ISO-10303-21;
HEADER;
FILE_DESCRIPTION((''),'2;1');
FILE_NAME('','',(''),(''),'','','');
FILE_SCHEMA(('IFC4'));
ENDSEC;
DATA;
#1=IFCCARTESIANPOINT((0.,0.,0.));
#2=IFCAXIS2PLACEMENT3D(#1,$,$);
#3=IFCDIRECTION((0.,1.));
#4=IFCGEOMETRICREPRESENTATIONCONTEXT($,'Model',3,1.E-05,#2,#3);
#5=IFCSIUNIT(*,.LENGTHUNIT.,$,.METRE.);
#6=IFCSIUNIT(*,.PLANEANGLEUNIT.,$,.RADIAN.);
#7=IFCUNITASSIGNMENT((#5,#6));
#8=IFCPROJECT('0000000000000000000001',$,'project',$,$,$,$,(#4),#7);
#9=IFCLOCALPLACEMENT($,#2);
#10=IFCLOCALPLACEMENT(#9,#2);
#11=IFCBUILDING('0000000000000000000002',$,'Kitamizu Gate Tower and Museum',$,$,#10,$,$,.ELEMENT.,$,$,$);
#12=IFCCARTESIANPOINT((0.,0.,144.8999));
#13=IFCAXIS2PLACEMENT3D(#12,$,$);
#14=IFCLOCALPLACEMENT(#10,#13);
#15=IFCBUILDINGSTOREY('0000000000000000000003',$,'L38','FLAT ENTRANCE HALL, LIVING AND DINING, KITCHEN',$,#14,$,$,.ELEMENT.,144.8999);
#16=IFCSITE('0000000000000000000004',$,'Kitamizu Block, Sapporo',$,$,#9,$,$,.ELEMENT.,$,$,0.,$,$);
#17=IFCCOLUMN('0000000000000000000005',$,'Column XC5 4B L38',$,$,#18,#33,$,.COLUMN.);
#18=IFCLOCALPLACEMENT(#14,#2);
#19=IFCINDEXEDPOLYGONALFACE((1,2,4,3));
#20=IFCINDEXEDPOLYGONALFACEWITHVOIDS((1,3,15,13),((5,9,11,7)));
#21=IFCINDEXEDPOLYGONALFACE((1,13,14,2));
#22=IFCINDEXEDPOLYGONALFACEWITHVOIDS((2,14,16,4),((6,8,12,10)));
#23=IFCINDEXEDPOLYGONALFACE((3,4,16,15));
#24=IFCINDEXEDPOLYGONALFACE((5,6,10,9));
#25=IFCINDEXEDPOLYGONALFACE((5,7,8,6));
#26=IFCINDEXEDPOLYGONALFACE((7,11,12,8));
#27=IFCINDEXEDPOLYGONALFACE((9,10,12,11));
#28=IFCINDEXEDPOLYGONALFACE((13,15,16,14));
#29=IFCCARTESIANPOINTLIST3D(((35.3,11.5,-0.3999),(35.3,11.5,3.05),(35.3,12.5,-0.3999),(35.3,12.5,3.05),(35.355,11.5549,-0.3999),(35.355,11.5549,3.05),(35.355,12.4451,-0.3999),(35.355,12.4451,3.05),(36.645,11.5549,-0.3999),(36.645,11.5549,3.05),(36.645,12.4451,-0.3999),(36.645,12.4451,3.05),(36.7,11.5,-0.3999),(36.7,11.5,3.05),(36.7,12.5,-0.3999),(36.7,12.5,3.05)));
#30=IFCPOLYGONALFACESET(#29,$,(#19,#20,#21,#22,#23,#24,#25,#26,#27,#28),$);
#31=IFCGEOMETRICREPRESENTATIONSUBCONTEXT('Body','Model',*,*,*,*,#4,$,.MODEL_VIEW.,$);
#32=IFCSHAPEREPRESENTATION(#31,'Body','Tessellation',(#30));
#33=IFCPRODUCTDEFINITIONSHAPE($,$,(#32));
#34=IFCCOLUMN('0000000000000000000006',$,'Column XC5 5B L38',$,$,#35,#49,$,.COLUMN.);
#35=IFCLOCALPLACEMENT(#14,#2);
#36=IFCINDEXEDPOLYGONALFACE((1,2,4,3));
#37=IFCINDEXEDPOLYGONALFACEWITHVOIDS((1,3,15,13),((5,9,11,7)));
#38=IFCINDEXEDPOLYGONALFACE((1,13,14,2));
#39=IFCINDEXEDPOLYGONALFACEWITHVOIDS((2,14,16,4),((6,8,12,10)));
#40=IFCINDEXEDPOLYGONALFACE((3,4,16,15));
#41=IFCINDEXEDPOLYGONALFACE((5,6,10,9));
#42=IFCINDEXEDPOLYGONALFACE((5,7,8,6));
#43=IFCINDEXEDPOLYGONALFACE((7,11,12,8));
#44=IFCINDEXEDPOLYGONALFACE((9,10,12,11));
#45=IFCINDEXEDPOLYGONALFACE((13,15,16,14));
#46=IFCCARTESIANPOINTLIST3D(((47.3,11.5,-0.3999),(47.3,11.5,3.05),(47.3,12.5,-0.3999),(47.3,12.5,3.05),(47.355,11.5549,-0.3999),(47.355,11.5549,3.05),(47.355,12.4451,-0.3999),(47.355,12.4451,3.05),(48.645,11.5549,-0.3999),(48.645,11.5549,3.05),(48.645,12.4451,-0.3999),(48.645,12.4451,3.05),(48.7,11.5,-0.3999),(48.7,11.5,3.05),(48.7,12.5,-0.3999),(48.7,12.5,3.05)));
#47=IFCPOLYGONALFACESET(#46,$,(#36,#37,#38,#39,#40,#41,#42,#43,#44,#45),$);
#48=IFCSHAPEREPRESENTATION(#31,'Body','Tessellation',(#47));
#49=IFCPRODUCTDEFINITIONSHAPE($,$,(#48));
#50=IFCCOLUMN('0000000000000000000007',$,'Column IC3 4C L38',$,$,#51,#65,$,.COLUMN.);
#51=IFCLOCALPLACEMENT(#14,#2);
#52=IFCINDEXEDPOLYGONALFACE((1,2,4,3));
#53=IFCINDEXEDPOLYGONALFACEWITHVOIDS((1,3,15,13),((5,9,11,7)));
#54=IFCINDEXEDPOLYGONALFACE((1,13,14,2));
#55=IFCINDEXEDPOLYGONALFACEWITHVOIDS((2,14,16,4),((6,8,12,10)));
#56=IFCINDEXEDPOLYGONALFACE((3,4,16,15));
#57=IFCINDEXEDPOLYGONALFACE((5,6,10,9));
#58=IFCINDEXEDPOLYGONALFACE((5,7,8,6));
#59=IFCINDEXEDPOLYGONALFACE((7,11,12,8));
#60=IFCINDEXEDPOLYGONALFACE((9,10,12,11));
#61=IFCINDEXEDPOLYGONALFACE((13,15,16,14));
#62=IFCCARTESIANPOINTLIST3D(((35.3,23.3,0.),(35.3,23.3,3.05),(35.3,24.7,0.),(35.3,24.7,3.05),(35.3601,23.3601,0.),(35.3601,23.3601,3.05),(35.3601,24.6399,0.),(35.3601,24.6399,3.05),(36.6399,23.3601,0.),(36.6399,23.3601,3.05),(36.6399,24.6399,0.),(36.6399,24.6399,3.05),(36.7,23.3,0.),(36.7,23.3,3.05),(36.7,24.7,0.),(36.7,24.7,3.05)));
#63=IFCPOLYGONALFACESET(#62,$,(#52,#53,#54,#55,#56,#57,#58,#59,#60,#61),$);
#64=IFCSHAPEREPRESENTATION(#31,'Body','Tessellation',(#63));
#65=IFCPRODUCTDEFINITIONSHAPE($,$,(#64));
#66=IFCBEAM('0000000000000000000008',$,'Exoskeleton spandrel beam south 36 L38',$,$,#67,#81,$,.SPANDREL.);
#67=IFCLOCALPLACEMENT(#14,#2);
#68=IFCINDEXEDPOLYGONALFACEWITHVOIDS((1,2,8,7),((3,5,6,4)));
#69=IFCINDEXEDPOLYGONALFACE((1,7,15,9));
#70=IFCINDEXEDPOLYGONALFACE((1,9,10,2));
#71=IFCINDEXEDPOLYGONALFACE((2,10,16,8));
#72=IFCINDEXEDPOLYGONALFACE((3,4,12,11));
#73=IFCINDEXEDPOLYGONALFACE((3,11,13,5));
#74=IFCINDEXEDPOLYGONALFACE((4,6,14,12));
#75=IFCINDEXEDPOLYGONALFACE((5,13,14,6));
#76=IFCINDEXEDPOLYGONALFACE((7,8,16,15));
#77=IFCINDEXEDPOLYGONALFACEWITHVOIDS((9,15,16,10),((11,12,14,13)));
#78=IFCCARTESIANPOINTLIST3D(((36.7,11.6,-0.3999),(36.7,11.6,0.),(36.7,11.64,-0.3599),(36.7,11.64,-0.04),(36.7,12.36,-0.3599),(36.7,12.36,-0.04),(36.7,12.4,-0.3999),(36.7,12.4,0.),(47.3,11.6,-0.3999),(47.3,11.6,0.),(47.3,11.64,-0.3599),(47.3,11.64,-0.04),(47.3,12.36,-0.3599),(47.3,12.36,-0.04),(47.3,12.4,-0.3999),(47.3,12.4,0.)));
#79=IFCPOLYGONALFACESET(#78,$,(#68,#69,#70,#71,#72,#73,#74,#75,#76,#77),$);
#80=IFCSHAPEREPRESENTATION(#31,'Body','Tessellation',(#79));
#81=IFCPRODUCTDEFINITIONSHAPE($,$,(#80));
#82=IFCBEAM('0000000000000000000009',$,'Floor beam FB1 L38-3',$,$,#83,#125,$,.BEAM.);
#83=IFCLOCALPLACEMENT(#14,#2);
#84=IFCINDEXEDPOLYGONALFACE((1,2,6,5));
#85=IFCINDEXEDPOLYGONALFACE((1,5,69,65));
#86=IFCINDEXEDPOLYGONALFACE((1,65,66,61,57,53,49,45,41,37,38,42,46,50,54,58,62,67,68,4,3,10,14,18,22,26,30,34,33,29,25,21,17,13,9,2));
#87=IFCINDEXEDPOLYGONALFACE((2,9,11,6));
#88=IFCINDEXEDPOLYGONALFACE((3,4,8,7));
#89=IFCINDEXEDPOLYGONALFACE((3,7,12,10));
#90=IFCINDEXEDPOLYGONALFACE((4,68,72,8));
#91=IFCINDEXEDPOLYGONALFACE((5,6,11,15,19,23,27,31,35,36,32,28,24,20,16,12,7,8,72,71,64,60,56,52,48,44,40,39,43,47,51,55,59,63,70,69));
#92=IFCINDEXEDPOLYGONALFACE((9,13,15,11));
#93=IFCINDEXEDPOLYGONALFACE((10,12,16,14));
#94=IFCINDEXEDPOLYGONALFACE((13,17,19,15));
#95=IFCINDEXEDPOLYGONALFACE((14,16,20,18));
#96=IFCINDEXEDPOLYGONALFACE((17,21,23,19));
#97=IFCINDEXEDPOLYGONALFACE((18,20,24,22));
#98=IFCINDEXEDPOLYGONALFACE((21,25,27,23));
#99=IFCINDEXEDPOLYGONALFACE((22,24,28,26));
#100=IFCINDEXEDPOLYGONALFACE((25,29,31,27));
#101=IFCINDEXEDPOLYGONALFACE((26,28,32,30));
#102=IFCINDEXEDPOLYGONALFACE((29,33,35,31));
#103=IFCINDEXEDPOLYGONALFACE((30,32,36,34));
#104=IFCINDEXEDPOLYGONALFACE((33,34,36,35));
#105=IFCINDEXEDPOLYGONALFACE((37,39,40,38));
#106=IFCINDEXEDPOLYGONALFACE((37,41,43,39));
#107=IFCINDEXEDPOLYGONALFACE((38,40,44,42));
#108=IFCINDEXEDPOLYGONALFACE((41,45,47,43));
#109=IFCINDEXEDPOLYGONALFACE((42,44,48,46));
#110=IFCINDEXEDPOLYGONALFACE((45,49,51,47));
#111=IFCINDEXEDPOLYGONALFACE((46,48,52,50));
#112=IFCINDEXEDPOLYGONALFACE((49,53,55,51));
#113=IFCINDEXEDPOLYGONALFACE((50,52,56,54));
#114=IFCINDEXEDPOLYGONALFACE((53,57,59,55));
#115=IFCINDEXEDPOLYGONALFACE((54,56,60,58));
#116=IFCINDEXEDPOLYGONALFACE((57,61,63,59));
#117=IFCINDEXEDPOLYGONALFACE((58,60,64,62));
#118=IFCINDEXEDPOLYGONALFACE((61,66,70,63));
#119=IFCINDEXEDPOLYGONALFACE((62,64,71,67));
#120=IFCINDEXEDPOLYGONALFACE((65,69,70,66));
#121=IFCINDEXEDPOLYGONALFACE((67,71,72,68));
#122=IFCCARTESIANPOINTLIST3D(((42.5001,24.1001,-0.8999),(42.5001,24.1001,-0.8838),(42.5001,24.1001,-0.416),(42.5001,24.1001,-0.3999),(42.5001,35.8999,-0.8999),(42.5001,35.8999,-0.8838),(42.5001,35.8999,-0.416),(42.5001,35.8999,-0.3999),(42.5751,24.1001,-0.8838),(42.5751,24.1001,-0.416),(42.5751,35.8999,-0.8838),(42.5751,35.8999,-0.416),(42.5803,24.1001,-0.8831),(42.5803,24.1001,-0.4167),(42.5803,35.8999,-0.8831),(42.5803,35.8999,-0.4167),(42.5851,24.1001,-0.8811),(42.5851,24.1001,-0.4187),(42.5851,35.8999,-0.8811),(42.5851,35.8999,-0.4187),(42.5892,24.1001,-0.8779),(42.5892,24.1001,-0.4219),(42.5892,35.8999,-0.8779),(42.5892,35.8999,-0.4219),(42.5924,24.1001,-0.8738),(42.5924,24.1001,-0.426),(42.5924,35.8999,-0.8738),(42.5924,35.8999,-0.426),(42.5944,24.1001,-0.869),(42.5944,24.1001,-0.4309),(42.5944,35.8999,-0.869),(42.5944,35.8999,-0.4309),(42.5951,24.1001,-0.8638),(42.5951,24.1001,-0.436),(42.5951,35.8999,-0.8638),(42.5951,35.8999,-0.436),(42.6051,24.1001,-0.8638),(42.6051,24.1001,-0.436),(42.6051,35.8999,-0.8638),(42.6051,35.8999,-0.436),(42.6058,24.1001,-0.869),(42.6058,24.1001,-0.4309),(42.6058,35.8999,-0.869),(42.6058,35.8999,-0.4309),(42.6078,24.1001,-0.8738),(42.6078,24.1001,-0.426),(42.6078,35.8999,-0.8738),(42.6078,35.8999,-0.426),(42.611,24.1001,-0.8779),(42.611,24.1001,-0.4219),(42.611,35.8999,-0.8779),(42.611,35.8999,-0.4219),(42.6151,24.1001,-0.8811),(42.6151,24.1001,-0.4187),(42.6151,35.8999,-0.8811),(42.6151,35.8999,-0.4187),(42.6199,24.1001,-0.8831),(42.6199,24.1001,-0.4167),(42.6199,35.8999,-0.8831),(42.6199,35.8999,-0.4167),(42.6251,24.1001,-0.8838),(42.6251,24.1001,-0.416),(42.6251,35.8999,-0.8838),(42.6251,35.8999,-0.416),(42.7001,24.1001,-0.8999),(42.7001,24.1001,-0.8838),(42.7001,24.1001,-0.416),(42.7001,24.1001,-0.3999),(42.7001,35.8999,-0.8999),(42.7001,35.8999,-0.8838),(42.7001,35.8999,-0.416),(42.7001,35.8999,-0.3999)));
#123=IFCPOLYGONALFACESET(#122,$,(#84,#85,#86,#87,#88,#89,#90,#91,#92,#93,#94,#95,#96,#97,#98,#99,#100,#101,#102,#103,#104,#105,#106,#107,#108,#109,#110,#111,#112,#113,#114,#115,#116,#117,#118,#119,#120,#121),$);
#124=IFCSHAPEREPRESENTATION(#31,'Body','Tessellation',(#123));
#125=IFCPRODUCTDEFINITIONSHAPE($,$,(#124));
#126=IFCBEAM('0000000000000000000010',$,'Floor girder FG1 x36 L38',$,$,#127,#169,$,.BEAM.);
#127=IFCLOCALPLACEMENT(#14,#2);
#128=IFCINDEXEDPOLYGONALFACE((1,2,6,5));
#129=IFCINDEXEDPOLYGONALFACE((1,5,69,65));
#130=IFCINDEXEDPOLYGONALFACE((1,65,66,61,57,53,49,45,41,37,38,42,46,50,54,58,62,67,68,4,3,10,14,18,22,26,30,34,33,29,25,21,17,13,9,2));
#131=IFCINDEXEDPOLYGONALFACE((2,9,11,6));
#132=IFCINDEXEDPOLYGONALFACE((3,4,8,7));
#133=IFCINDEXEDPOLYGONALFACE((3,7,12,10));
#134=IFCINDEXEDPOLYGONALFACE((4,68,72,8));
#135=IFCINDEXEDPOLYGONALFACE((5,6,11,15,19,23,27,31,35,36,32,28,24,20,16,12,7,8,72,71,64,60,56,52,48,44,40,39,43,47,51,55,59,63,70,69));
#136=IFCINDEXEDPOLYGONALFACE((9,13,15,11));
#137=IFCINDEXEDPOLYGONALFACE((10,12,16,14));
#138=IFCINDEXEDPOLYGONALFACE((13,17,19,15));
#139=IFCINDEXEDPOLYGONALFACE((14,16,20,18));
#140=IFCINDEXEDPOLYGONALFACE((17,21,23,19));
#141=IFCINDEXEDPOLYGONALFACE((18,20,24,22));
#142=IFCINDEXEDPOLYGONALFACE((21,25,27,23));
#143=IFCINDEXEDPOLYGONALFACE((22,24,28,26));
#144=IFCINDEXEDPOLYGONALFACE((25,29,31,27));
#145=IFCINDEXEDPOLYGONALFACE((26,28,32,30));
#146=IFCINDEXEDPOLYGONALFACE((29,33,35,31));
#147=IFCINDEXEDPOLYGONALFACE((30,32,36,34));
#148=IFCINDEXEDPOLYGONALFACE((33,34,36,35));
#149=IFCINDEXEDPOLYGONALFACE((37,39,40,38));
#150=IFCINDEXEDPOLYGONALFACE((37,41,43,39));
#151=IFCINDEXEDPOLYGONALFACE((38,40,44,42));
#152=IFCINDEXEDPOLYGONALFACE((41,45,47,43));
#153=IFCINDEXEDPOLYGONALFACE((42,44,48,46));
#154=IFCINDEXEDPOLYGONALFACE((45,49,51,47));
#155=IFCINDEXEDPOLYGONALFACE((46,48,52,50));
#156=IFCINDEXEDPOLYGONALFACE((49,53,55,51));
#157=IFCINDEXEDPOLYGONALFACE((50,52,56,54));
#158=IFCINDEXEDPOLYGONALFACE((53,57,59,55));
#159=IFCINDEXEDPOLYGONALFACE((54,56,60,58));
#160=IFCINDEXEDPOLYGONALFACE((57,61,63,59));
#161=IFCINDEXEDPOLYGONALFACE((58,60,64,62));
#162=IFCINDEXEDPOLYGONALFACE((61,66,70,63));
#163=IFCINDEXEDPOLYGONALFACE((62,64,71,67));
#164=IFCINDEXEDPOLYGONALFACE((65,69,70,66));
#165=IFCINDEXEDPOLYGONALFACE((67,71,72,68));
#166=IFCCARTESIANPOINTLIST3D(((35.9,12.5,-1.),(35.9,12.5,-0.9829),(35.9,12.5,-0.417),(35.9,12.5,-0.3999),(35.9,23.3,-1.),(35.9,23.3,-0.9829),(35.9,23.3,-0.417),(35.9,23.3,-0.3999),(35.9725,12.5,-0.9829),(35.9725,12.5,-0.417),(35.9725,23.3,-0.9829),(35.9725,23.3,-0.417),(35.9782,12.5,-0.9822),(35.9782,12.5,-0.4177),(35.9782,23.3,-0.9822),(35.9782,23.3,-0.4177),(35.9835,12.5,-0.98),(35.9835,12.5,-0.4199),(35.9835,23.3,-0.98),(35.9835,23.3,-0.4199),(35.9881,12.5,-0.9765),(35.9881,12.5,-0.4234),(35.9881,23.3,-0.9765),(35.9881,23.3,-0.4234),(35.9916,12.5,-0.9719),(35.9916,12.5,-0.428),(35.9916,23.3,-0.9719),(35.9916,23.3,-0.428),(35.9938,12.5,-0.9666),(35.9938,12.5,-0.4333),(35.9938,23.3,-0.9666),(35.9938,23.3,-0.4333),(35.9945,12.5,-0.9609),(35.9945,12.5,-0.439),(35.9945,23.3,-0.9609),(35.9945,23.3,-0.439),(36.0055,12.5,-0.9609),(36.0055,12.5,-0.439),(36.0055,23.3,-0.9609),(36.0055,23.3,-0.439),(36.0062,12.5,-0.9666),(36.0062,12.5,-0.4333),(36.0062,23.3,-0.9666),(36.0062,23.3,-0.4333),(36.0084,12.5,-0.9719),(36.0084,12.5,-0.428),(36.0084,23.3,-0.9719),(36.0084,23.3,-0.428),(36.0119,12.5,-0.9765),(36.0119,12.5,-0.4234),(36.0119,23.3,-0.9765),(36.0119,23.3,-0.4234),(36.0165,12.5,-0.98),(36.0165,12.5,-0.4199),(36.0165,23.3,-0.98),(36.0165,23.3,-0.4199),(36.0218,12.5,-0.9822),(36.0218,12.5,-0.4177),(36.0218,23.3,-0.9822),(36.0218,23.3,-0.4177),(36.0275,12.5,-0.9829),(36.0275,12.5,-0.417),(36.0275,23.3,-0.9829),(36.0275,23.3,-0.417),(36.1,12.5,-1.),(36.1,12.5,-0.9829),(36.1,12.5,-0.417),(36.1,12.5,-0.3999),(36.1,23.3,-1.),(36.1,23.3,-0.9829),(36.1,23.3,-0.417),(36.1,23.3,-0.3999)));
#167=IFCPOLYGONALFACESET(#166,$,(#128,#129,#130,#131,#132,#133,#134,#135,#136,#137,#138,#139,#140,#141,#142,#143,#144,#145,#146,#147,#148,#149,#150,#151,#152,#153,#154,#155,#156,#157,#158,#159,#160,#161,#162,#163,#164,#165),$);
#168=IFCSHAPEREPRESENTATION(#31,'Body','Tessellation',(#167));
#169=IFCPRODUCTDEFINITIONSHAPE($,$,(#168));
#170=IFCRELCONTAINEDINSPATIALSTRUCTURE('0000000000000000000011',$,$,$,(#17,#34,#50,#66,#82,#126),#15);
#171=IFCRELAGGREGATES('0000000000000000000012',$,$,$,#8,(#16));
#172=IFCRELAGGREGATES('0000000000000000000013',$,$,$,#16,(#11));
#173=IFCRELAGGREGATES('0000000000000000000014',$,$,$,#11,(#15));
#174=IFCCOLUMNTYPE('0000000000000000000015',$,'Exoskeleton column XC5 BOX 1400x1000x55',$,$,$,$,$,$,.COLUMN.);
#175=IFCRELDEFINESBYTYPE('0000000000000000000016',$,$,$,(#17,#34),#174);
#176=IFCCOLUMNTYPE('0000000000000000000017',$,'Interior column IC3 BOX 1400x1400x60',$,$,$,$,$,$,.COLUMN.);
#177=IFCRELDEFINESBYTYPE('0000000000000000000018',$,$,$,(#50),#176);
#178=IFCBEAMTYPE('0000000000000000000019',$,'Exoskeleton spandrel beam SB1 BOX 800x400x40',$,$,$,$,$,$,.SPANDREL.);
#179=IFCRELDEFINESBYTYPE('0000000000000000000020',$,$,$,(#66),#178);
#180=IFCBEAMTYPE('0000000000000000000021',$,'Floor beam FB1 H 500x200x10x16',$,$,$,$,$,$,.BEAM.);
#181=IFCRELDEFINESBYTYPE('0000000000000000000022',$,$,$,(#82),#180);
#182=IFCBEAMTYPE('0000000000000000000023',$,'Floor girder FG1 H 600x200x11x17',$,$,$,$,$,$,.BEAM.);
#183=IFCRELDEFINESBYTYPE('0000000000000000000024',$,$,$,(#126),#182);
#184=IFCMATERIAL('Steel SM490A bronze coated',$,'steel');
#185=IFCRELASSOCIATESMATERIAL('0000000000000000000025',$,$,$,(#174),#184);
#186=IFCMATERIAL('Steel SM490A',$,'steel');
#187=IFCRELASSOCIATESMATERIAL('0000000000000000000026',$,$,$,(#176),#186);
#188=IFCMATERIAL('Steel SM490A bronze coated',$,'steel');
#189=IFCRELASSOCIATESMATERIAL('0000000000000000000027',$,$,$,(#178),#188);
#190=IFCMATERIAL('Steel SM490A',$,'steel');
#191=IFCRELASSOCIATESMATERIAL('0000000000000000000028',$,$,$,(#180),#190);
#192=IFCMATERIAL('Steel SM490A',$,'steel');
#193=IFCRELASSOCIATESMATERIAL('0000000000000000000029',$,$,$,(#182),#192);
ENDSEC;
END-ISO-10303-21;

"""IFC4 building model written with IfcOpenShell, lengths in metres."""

from ifc_helpers import new_model, si_unit, direction, frame, origin, origin_2d, place, context, subcontext, project, spatial, hollow_rectangle, i_section, extrude, material, material_profile, profile_set, type_object, element, save


model = new_model("IFC4")

# Units and contexts
model_context = context("Model", 3, precision=1e-05, world=origin(), true_north=direction((0.0, 1.0)))
body_context = subcontext(model_context, "Body", "Model", "MODEL_VIEW")
ifc_project = project(units=[si_unit("LENGTHUNIT", "METRE"), si_unit("PLANEANGLEUNIT", "RADIAN")], contexts=[model_context])

# Site, building, storey
site_placement = place(None, origin())
site = spatial("IfcSite", under=ifc_project, at=site_placement, Name="Kitamizu Block, Sapporo", CompositionType="ELEMENT", RefElevation=0.0)
building_placement = place(site_placement, origin())
building = spatial("IfcBuilding", under=site, at=building_placement, Name="Kitamizu Gate Tower and Museum", CompositionType="ELEMENT")
storey_placement = place(building_placement, frame((0.0, 0.0, 144.8999)))
storey = spatial("IfcBuildingStorey", under=building, at=storey_placement, Name="L38", Description="FLAT ENTRANCE HALL, LIVING AND DINING, KITCHEN", CompositionType="ELEMENT", Elevation=144.8999)

# Columns
ifc_material_1 = material(Name="Steel SM490A bronze coated", Category="steel")
ifc_material_profile_1 = material_profile(ifc_material_1, hollow_rectangle(XDim=1.3999, YDim=1.0, WallThickness=0.0549, at=origin_2d()), Name="BOX 1400x1000x55")
ifc_profile_set_1 = profile_set([ifc_material_profile_1], Name="Steel SM490A bronze coated")
column_type_1 = type_object("IfcColumnType", Name="Exoskeleton column XC5 BOX 1400x1000x55", PredefinedType="COLUMN", material=ifc_profile_set_1)
for number, where, z_axis, x_axis, name in (
    (1, (36.0, 12.0, -0.3999), (0.0, 0.0, 1.0), (1.0, 0.0, 0.0), "Column XC5 4B L38"),
    (2, (48.0, 12.0, -0.3999), (0.0, 0.0, 1.0), (1.0, 0.0, 0.0), "Column XC5 5B L38"),
):
    element("IfcColumn", number, at=place(storey_placement, frame(where, z_axis=z_axis, x_axis=x_axis)), inside=storey, type_object=column_type_1, Name=name, PredefinedType="COLUMN", context=body_context, shape_type="SweptSolid", body=[
        extrude(hollow_rectangle(XDim=1.3999, YDim=1.0, WallThickness=0.0549, at=origin_2d()), origin(), (0.0, 0.0, 1.0), 3.45),
    ])
ifc_material_2 = material(Name="Steel SM490A", Category="steel")
ifc_material_profile_2 = material_profile(ifc_material_2, hollow_rectangle(XDim=1.3999, YDim=1.3999, WallThickness=0.0601, at=origin_2d()), Name="BOX 1400x1400x60")
ifc_profile_set_2 = profile_set([ifc_material_profile_2], Name="Steel SM490A")
column_type_2 = type_object("IfcColumnType", Name="Interior column IC3 BOX 1400x1400x60", PredefinedType="COLUMN", material=ifc_profile_set_2)
column_placement = place(storey_placement, frame((36.0, 24.0, 0.0), z_axis=(0.0, 0.0, 1.0), x_axis=(1.0, 0.0, 0.0)))
element("IfcColumn", 3, at=column_placement, inside=storey, type_object=column_type_2, Name="Column IC3 4C L38", PredefinedType="COLUMN", context=body_context, shape_type="SweptSolid", body=[
    extrude(hollow_rectangle(XDim=1.3999, YDim=1.3999, WallThickness=0.0601, at=origin_2d()), origin(), (0.0, 0.0, 1.0), 3.05),
])

# Beams
ifc_material_3 = material(Name="Steel SM490A bronze coated", Category="steel")
ifc_material_profile_3 = material_profile(ifc_material_3, hollow_rectangle(XDim=0.8, YDim=0.3999, WallThickness=0.04, at=origin_2d()), Name="BOX 800x400x40")
ifc_profile_set_3 = profile_set([ifc_material_profile_3], Name="Steel SM490A bronze coated")
beam_type_1 = type_object("IfcBeamType", Name="Exoskeleton spandrel beam SB1 BOX 800x400x40", PredefinedType="SPANDREL", material=ifc_profile_set_3)
beam_1_placement = place(storey_placement, frame((36.7, 12.0, -0.2), z_axis=(1.0, 0.0, 0.0), x_axis=(0.0, 1.0, 0.0)))
element("IfcBeam", 4, at=beam_1_placement, inside=storey, type_object=beam_type_1, Name="Exoskeleton spandrel beam south 36 L38", PredefinedType="SPANDREL", context=body_context, shape_type="SweptSolid", body=[
    extrude(hollow_rectangle(XDim=0.8, YDim=0.3999, WallThickness=0.04, at=origin_2d()), origin(), (0.0, 0.0, 1.0), 10.6001),
])
ifc_material_4 = material(Name="Steel SM490A", Category="steel")
ifc_material_profile_4 = material_profile(ifc_material_4, i_section(OverallWidth=0.2, OverallDepth=0.5, WebThickness=0.01, FlangeThickness=0.0161, FilletRadius=0.02, at=origin_2d()), Name="H-500x200x10x16")
ifc_profile_set_4 = profile_set([ifc_material_profile_4], Name="Steel SM490A")
beam_type_2 = type_object("IfcBeamType", Name="Floor beam FB1 H 500x200x10x16", PredefinedType="BEAM", material=ifc_profile_set_4)
beam_2_placement = place(storey_placement, frame((42.6001, 24.1001, -0.6499), z_axis=(0.0, 1.0, 0.0), x_axis=(-1.0, 0.0, 0.0)))
element("IfcBeam", 5, at=beam_2_placement, inside=storey, type_object=beam_type_2, Name="Floor beam FB1 L38-3", PredefinedType="BEAM", context=body_context, shape_type="SweptSolid", body=[
    extrude(i_section(OverallWidth=0.2, OverallDepth=0.5, WebThickness=0.01, FlangeThickness=0.0161, FilletRadius=0.02, at=origin_2d()), origin(), (0.0, 0.0, 1.0), 11.7998),
])
ifc_material_5 = material(Name="Steel SM490A", Category="steel")
ifc_material_profile_5 = material_profile(ifc_material_5, i_section(OverallWidth=0.2, OverallDepth=0.6001, WebThickness=0.011, FlangeThickness=0.0171, FilletRadius=0.022, at=origin_2d()), Name="H-600x200x11x17")
ifc_profile_set_5 = profile_set([ifc_material_profile_5], Name="Steel SM490A")
beam_type_3 = type_object("IfcBeamType", Name="Floor girder FG1 H 600x200x11x17", PredefinedType="BEAM", material=ifc_profile_set_5)
beam_3_placement = place(storey_placement, frame((36.0, 12.5, -0.7), z_axis=(0.0, 1.0, 0.0), x_axis=(-1.0, 0.0, 0.0)))
element("IfcBeam", 6, at=beam_3_placement, inside=storey, type_object=beam_type_3, Name="Floor girder FG1 x36 L38", PredefinedType="BEAM", context=body_context, shape_type="SweptSolid", body=[
    extrude(i_section(OverallWidth=0.2, OverallDepth=0.6001, WebThickness=0.011, FlangeThickness=0.0171, FilletRadius=0.022, at=origin_2d()), origin(), (0.0, 0.0, 1.0), 10.8),
])

save(model, "model.ifc")
